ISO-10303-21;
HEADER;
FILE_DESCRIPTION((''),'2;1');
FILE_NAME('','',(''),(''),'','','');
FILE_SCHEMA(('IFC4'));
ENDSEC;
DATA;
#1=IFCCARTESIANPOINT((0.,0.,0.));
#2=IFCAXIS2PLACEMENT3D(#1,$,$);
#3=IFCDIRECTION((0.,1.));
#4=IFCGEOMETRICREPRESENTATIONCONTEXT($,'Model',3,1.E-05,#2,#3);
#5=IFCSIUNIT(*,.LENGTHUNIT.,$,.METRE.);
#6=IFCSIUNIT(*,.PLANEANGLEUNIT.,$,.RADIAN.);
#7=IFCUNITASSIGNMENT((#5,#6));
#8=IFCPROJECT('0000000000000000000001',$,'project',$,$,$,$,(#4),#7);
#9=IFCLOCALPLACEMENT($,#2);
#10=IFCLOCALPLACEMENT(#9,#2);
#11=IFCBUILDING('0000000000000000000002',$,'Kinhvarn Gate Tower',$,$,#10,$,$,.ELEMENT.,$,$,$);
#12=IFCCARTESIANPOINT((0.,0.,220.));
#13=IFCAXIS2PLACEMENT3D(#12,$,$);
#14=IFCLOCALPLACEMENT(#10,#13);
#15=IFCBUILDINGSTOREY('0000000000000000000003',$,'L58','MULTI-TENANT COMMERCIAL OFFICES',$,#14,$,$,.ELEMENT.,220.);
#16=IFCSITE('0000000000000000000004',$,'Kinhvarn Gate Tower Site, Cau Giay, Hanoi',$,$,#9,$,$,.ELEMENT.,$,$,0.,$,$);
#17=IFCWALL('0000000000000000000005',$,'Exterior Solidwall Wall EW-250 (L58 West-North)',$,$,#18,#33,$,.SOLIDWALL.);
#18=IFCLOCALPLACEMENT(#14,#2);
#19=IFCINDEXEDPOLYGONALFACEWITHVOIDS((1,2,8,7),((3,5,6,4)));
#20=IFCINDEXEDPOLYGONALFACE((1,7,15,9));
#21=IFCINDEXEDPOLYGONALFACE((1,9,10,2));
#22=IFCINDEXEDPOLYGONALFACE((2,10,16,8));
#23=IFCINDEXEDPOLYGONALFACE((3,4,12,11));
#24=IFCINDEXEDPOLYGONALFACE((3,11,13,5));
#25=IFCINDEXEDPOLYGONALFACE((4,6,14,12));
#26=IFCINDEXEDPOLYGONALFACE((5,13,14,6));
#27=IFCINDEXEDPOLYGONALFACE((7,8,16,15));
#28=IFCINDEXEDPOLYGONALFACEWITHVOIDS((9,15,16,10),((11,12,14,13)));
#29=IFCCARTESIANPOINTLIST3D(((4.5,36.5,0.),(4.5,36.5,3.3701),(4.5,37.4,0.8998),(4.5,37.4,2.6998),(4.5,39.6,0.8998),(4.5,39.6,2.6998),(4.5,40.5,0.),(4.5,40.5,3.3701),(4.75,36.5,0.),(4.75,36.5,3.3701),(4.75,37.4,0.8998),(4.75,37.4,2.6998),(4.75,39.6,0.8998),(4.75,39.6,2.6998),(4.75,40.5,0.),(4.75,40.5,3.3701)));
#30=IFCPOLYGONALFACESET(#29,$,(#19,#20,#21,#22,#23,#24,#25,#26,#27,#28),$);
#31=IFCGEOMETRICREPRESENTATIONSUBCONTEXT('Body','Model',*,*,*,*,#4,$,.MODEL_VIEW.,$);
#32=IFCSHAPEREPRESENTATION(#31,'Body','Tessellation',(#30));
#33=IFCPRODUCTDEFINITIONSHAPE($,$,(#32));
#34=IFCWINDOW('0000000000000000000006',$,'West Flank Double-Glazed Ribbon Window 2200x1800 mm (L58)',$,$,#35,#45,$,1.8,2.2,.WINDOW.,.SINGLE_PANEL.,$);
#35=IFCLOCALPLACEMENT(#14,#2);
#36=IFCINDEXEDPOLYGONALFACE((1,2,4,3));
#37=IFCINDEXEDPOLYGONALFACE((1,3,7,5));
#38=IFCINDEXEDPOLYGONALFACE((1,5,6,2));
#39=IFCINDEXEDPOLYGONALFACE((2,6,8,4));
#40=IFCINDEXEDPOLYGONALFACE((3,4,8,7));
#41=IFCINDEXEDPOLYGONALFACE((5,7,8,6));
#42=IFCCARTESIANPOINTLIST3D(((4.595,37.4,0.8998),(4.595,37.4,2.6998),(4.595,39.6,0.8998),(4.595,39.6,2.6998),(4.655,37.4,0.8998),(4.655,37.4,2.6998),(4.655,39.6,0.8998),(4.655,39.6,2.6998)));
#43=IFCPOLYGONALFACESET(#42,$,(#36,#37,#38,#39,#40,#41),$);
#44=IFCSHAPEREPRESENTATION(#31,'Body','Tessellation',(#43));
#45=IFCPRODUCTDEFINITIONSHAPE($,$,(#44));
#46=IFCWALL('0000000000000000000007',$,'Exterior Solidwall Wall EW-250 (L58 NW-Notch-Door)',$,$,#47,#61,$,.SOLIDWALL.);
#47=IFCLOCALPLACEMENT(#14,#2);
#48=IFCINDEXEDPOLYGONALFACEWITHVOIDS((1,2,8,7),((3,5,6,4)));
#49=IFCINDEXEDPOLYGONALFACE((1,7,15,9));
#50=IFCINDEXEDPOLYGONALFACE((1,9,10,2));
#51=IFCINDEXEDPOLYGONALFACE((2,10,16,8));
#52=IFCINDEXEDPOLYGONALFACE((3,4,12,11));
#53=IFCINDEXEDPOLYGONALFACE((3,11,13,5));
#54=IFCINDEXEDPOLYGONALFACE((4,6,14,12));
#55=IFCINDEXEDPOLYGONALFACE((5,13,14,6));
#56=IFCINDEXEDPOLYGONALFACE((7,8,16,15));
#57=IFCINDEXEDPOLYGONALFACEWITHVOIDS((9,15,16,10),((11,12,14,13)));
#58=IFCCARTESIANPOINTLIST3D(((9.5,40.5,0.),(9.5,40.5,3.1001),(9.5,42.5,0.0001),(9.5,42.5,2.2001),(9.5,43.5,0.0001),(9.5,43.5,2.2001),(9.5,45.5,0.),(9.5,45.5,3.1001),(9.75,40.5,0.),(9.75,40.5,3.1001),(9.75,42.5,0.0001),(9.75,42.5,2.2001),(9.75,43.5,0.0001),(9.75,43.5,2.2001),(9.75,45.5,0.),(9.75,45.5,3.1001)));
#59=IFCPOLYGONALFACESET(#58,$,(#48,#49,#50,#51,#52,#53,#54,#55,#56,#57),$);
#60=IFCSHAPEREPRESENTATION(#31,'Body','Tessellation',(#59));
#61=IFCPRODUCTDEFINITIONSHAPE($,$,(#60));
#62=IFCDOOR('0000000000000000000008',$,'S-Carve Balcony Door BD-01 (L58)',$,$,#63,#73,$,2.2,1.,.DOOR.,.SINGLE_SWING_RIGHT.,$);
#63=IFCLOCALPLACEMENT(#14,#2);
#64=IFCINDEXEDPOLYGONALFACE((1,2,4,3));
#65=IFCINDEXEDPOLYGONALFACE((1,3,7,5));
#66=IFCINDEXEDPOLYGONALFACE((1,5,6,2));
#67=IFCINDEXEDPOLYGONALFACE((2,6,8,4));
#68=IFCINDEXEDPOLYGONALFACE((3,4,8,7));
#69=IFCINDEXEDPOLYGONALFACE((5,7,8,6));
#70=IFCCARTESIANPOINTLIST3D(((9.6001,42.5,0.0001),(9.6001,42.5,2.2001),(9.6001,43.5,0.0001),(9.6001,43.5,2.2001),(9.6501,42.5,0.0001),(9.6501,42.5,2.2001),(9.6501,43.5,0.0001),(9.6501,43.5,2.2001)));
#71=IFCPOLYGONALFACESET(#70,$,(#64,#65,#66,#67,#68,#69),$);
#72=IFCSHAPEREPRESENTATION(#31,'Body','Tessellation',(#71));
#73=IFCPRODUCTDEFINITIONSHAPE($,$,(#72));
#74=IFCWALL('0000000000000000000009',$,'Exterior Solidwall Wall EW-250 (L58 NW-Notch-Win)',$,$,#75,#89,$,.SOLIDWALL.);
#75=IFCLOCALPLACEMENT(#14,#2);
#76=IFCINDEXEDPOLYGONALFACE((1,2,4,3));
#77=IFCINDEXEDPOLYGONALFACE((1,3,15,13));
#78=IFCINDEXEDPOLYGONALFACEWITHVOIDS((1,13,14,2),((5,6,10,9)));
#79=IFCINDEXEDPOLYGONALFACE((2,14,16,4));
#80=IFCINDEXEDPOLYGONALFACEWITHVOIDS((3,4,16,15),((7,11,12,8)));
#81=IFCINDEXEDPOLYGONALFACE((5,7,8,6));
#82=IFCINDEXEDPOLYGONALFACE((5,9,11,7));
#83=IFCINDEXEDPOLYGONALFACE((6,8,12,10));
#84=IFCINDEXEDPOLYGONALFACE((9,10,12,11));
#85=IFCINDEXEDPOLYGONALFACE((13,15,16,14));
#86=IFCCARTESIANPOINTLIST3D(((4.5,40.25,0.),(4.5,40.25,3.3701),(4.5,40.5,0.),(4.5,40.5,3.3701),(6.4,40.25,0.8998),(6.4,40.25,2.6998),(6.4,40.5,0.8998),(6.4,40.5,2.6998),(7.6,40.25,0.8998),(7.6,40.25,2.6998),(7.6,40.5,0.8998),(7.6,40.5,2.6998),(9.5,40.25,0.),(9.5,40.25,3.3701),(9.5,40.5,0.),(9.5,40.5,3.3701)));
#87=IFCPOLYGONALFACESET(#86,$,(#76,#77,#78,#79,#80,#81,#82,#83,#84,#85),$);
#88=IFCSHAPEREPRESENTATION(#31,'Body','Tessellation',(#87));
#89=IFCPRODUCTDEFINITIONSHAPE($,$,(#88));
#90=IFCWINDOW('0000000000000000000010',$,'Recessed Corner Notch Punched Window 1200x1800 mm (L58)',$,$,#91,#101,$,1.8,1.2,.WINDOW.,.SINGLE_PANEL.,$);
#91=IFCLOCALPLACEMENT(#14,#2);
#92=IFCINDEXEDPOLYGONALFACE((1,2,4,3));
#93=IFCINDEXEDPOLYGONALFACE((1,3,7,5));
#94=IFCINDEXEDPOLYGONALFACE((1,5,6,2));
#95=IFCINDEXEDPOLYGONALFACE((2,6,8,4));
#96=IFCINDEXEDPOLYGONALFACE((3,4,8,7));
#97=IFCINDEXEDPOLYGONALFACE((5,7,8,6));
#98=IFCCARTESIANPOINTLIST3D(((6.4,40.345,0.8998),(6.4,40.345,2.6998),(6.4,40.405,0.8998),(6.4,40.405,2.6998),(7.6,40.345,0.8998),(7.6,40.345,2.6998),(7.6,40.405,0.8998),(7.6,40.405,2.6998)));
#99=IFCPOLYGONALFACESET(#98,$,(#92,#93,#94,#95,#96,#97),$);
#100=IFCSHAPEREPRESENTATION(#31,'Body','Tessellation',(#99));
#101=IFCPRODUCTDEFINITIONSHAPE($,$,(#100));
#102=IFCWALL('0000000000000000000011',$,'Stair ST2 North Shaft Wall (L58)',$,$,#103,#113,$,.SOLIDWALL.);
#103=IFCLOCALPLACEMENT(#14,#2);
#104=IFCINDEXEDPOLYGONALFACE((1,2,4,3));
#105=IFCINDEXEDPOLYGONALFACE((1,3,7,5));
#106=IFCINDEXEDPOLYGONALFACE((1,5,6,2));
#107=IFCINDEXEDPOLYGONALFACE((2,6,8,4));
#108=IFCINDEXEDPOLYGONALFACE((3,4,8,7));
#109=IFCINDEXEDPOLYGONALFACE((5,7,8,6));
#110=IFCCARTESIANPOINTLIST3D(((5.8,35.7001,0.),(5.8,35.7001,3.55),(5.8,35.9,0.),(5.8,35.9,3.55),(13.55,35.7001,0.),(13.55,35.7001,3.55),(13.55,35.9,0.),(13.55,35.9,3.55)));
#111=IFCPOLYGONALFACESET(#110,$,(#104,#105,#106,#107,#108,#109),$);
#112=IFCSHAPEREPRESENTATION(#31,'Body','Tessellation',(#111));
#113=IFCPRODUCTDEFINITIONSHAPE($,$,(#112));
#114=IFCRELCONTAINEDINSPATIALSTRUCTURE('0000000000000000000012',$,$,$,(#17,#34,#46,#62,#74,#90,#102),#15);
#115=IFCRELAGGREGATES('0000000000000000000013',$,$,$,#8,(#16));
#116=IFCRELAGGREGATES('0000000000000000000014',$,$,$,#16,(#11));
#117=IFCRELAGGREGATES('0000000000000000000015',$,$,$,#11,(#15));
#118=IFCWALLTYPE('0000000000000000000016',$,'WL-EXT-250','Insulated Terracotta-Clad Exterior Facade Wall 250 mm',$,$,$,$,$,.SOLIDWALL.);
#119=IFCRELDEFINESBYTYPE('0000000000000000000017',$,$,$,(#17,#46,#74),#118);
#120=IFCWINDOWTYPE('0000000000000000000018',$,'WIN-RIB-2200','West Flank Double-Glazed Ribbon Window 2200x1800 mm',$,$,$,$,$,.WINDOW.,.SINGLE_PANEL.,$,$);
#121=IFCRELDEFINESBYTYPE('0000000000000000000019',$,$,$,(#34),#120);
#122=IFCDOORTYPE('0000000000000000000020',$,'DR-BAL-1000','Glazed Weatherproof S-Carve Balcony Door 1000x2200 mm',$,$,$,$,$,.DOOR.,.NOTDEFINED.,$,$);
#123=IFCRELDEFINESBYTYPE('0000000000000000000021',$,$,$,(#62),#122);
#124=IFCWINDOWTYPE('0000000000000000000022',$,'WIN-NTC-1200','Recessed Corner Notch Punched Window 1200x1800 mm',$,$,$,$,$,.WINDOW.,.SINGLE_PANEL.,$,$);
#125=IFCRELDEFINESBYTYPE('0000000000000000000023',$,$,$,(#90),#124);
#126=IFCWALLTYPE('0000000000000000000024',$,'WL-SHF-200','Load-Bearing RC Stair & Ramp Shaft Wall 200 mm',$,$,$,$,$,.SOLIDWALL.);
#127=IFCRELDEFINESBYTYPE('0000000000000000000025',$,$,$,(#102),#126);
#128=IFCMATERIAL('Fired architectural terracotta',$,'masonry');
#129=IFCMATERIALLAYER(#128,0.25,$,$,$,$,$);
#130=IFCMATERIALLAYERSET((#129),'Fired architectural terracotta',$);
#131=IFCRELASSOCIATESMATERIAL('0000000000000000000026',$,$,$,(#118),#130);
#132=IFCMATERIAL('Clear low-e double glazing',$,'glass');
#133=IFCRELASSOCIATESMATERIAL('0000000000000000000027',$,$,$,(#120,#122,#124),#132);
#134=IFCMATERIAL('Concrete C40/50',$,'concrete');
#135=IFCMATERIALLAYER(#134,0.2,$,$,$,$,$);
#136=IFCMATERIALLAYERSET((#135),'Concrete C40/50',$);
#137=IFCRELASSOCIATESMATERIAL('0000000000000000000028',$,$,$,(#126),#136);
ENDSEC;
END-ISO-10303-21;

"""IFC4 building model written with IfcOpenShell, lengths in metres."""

from ifc_helpers import new_model, si_unit, direction, frame, frame_2d, origin, place, context, subcontext, project, spatial, rectangle, extrude, material, layer, layer_set, type_object, element, fill, save


model = new_model("IFC4")

# Units and contexts
model_context = context("Model", 3, precision=1e-05, world=origin(), true_north=direction((0.0, 1.0)))
body_context = subcontext(model_context, "Body", "Model", "MODEL_VIEW")
ifc_project = project(units=[si_unit("LENGTHUNIT", "METRE"), si_unit("PLANEANGLEUNIT", "RADIAN")], contexts=[model_context])

# Site, building, storey
site_placement = place(None, origin())
site = spatial("IfcSite", under=ifc_project, at=site_placement, Name="Kinhvarn Gate Tower Site, Cau Giay, Hanoi", CompositionType="ELEMENT", RefElevation=0.0)
building_placement = place(site_placement, origin())
building = spatial("IfcBuilding", under=site, at=building_placement, Name="Kinhvarn Gate Tower", CompositionType="ELEMENT")
storey_placement = place(building_placement, frame((0.0, 0.0, 220.0)))
storey = spatial("IfcBuildingStorey", under=building, at=storey_placement, Name="L58", Description="MULTI-TENANT COMMERCIAL OFFICES", CompositionType="ELEMENT", Elevation=220.0)

# Wall, opening, window
ifc_material_1 = material(Name="Fired architectural terracotta", Category="masonry")
ifc_layer_1 = layer(ifc_material_1, 0.25)
ifc_layer_set_1 = layer_set([ifc_layer_1], Name="Fired architectural terracotta")
wall_type_1 = type_object("IfcWallType", Name="WL-EXT-250", Description="Insulated Terracotta-Clad Exterior Facade Wall 250 mm", PredefinedType="SOLIDWALL", material=ifc_layer_set_1)
wall_1_placement = place(storey_placement, frame((4.625, 40.5, 0.0), z_axis=(0.0, 0.0, 1.0), x_axis=(0.0, -1.0, 0.0)))
wall_1 = element("IfcWall", 1, at=wall_1_placement, inside=storey, type_object=wall_type_1, Name="Exterior Solidwall Wall EW-250 (L58 West-North)", PredefinedType="SOLIDWALL", context=body_context, shape_type="SweptSolid", body=[
    extrude(rectangle(XDim=4.0, YDim=0.25, at=frame_2d((2.0, 0.0))), origin(), (0.0, 0.0, 1.0), 3.3701),
])
opening_1_placement = place(wall_1_placement, frame((0.8999, 0.0, 0.8999)))
opening_1 = element("IfcOpeningElement", 2, at=opening_1_placement, cuts=wall_1, PredefinedType="OPENING", context=body_context, shape_type="SweptSolid", body=[
    extrude(rectangle(XDim=2.2, YDim=1.8, at=frame_2d((1.1001, 0.8999))), frame((0.0, 0.135, 0.0), z_axis=(0.0, -1.0, 0.0), x_axis=(1.0, 0.0, 0.0)), (0.0, 0.0, 1.0), 0.27),
])
ifc_material_2 = material(Name="Clear low-e double glazing", Category="glass")
window_type_1 = type_object("IfcWindowType", Name="WIN-RIB-2200", Description="West Flank Double-Glazed Ribbon Window 2200x1800 mm", PartitioningType="SINGLE_PANEL", PredefinedType="WINDOW", material=ifc_material_2)
window_1_placement = place(opening_1_placement, origin())
window_1 = element("IfcWindow", 3, at=window_1_placement, inside=storey, type_object=window_type_1, Name="West Flank Double-Glazed Ribbon Window 2200x1800 mm (L58)", OverallHeight=1.8, OverallWidth=2.2, PartitioningType="SINGLE_PANEL", PredefinedType="WINDOW", context=body_context, shape_type="SweptSolid", body=[
    extrude(rectangle(XDim=2.2, YDim=1.8, at=frame_2d((1.1001, 0.8999))), frame((0.0, 0.03, 0.0), z_axis=(0.0, -1.0, 0.0), x_axis=(1.0, 0.0, 0.0)), (0.0, 0.0, 1.0), 0.0601),
])
fill(opening_1, window_1)

# Wall, opening, door
wall_2_placement = place(storey_placement, frame((9.625, 45.5, 0.0), z_axis=(0.0, 0.0, 1.0), x_axis=(0.0, -1.0, 0.0)))
wall_2 = element("IfcWall", 4, at=wall_2_placement, inside=storey, type_object=wall_type_1, Name="Exterior Solidwall Wall EW-250 (L58 NW-Notch-Door)", PredefinedType="SOLIDWALL", context=body_context, shape_type="SweptSolid", body=[
    extrude(rectangle(XDim=5.0, YDim=0.25, at=frame_2d((2.5, 0.0))), origin(), (0.0, 0.0, 1.0), 3.1001),
])
opening_2_placement = place(wall_2_placement, frame((2.0, 0.0, 0.0)))
opening_2 = element("IfcOpeningElement", 5, at=opening_2_placement, cuts=wall_2, PredefinedType="OPENING", context=body_context, shape_type="SweptSolid", body=[
    extrude(rectangle(XDim=1.0, YDim=2.2, at=frame_2d((0.5, 1.1001))), frame((0.0, 0.135, 0.0), z_axis=(0.0, -1.0, 0.0), x_axis=(1.0, 0.0, 0.0)), (0.0, 0.0, 1.0), 0.27),
])
door_type = type_object("IfcDoorType", Name="DR-BAL-1000", Description="Glazed Weatherproof S-Carve Balcony Door 1000x2200 mm", OperationType="NOTDEFINED", PredefinedType="DOOR", material=ifc_material_2)
door_placement = place(opening_2_placement, frame((1.0, 0.0, 0.0), z_axis=(0.0, 0.0, 1.0), x_axis=(-1.0, 0.0, 0.0)))
door = element("IfcDoor", 6, at=door_placement, inside=storey, type_object=door_type, Name="S-Carve Balcony Door BD-01 (L58)", OperationType="SINGLE_SWING_RIGHT", OverallHeight=2.2, OverallWidth=1.0, PredefinedType="DOOR", context=body_context, shape_type="SweptSolid", body=[
    extrude(rectangle(XDim=1.0, YDim=2.2, at=frame_2d((0.5, 1.1001))), frame((0.0, 0.0249, 0.0), z_axis=(0.0, -1.0, 0.0), x_axis=(1.0, 0.0, 0.0)), (0.0, 0.0, 1.0), 0.05),
])
fill(opening_2, door)

# Wall, opening, window
wall_3_placement = place(storey_placement, frame((9.5, 40.375, 0.0), z_axis=(0.0, 0.0, 1.0), x_axis=(-1.0, 0.0, 0.0)))
wall_3 = element("IfcWall", 7, at=wall_3_placement, inside=storey, type_object=wall_type_1, Name="Exterior Solidwall Wall EW-250 (L58 NW-Notch-Win)", PredefinedType="SOLIDWALL", context=body_context, shape_type="SweptSolid", body=[
    extrude(rectangle(XDim=5.0, YDim=0.25, at=frame_2d((2.5, 0.0))), origin(), (0.0, 0.0, 1.0), 3.3701),
])
opening_3_placement = place(wall_3_placement, frame((1.8999, 0.0, 0.8999)))
opening_3 = element("IfcOpeningElement", 8, at=opening_3_placement, cuts=wall_3, PredefinedType="OPENING", context=body_context, shape_type="SweptSolid", body=[
    extrude(rectangle(XDim=1.2, YDim=1.8, at=frame_2d((0.6001, 0.8999))), frame((0.0, 0.135, 0.0), z_axis=(0.0, -1.0, 0.0), x_axis=(1.0, 0.0, 0.0)), (0.0, 0.0, 1.0), 0.27),
])
window_type_2 = type_object("IfcWindowType", Name="WIN-NTC-1200", Description="Recessed Corner Notch Punched Window 1200x1800 mm", PartitioningType="SINGLE_PANEL", PredefinedType="WINDOW", material=ifc_material_2)
window_2_placement = place(opening_3_placement, origin())
window_2 = element("IfcWindow", 9, at=window_2_placement, inside=storey, type_object=window_type_2, Name="Recessed Corner Notch Punched Window 1200x1800 mm (L58)", OverallHeight=1.8, OverallWidth=1.2, PartitioningType="SINGLE_PANEL", PredefinedType="WINDOW", context=body_context, shape_type="SweptSolid", body=[
    extrude(rectangle(XDim=1.2, YDim=1.8, at=frame_2d((0.6001, 0.8999))), frame((0.0, 0.03, 0.0), z_axis=(0.0, -1.0, 0.0), x_axis=(1.0, 0.0, 0.0)), (0.0, 0.0, 1.0), 0.0601),
])
fill(opening_3, window_2)

# Wall
ifc_material_3 = material(Name="Concrete C40/50", Category="concrete")
ifc_layer_2 = layer(ifc_material_3, 0.2)
ifc_layer_set_2 = layer_set([ifc_layer_2], Name="Concrete C40/50")
wall_type_2 = type_object("IfcWallType", Name="WL-SHF-200", Description="Load-Bearing RC Stair & Ramp Shaft Wall 200 mm", PredefinedType="SOLIDWALL", material=ifc_layer_set_2)
wall_4_placement = place(storey_placement, frame((5.8, 35.8, 0.0), z_axis=(0.0, 0.0, 1.0), x_axis=(1.0, 0.0, 0.0)))
element("IfcWall", 10, at=wall_4_placement, inside=storey, type_object=wall_type_2, Name="Stair ST2 North Shaft Wall (L58)", PredefinedType="SOLIDWALL", context=body_context, shape_type="SweptSolid", body=[
    extrude(rectangle(XDim=7.75, YDim=0.2, at=frame_2d((3.875, 0.0))), origin(), (0.0, 0.0, 1.0), 3.55),
])

save(model, "model.ifc")
